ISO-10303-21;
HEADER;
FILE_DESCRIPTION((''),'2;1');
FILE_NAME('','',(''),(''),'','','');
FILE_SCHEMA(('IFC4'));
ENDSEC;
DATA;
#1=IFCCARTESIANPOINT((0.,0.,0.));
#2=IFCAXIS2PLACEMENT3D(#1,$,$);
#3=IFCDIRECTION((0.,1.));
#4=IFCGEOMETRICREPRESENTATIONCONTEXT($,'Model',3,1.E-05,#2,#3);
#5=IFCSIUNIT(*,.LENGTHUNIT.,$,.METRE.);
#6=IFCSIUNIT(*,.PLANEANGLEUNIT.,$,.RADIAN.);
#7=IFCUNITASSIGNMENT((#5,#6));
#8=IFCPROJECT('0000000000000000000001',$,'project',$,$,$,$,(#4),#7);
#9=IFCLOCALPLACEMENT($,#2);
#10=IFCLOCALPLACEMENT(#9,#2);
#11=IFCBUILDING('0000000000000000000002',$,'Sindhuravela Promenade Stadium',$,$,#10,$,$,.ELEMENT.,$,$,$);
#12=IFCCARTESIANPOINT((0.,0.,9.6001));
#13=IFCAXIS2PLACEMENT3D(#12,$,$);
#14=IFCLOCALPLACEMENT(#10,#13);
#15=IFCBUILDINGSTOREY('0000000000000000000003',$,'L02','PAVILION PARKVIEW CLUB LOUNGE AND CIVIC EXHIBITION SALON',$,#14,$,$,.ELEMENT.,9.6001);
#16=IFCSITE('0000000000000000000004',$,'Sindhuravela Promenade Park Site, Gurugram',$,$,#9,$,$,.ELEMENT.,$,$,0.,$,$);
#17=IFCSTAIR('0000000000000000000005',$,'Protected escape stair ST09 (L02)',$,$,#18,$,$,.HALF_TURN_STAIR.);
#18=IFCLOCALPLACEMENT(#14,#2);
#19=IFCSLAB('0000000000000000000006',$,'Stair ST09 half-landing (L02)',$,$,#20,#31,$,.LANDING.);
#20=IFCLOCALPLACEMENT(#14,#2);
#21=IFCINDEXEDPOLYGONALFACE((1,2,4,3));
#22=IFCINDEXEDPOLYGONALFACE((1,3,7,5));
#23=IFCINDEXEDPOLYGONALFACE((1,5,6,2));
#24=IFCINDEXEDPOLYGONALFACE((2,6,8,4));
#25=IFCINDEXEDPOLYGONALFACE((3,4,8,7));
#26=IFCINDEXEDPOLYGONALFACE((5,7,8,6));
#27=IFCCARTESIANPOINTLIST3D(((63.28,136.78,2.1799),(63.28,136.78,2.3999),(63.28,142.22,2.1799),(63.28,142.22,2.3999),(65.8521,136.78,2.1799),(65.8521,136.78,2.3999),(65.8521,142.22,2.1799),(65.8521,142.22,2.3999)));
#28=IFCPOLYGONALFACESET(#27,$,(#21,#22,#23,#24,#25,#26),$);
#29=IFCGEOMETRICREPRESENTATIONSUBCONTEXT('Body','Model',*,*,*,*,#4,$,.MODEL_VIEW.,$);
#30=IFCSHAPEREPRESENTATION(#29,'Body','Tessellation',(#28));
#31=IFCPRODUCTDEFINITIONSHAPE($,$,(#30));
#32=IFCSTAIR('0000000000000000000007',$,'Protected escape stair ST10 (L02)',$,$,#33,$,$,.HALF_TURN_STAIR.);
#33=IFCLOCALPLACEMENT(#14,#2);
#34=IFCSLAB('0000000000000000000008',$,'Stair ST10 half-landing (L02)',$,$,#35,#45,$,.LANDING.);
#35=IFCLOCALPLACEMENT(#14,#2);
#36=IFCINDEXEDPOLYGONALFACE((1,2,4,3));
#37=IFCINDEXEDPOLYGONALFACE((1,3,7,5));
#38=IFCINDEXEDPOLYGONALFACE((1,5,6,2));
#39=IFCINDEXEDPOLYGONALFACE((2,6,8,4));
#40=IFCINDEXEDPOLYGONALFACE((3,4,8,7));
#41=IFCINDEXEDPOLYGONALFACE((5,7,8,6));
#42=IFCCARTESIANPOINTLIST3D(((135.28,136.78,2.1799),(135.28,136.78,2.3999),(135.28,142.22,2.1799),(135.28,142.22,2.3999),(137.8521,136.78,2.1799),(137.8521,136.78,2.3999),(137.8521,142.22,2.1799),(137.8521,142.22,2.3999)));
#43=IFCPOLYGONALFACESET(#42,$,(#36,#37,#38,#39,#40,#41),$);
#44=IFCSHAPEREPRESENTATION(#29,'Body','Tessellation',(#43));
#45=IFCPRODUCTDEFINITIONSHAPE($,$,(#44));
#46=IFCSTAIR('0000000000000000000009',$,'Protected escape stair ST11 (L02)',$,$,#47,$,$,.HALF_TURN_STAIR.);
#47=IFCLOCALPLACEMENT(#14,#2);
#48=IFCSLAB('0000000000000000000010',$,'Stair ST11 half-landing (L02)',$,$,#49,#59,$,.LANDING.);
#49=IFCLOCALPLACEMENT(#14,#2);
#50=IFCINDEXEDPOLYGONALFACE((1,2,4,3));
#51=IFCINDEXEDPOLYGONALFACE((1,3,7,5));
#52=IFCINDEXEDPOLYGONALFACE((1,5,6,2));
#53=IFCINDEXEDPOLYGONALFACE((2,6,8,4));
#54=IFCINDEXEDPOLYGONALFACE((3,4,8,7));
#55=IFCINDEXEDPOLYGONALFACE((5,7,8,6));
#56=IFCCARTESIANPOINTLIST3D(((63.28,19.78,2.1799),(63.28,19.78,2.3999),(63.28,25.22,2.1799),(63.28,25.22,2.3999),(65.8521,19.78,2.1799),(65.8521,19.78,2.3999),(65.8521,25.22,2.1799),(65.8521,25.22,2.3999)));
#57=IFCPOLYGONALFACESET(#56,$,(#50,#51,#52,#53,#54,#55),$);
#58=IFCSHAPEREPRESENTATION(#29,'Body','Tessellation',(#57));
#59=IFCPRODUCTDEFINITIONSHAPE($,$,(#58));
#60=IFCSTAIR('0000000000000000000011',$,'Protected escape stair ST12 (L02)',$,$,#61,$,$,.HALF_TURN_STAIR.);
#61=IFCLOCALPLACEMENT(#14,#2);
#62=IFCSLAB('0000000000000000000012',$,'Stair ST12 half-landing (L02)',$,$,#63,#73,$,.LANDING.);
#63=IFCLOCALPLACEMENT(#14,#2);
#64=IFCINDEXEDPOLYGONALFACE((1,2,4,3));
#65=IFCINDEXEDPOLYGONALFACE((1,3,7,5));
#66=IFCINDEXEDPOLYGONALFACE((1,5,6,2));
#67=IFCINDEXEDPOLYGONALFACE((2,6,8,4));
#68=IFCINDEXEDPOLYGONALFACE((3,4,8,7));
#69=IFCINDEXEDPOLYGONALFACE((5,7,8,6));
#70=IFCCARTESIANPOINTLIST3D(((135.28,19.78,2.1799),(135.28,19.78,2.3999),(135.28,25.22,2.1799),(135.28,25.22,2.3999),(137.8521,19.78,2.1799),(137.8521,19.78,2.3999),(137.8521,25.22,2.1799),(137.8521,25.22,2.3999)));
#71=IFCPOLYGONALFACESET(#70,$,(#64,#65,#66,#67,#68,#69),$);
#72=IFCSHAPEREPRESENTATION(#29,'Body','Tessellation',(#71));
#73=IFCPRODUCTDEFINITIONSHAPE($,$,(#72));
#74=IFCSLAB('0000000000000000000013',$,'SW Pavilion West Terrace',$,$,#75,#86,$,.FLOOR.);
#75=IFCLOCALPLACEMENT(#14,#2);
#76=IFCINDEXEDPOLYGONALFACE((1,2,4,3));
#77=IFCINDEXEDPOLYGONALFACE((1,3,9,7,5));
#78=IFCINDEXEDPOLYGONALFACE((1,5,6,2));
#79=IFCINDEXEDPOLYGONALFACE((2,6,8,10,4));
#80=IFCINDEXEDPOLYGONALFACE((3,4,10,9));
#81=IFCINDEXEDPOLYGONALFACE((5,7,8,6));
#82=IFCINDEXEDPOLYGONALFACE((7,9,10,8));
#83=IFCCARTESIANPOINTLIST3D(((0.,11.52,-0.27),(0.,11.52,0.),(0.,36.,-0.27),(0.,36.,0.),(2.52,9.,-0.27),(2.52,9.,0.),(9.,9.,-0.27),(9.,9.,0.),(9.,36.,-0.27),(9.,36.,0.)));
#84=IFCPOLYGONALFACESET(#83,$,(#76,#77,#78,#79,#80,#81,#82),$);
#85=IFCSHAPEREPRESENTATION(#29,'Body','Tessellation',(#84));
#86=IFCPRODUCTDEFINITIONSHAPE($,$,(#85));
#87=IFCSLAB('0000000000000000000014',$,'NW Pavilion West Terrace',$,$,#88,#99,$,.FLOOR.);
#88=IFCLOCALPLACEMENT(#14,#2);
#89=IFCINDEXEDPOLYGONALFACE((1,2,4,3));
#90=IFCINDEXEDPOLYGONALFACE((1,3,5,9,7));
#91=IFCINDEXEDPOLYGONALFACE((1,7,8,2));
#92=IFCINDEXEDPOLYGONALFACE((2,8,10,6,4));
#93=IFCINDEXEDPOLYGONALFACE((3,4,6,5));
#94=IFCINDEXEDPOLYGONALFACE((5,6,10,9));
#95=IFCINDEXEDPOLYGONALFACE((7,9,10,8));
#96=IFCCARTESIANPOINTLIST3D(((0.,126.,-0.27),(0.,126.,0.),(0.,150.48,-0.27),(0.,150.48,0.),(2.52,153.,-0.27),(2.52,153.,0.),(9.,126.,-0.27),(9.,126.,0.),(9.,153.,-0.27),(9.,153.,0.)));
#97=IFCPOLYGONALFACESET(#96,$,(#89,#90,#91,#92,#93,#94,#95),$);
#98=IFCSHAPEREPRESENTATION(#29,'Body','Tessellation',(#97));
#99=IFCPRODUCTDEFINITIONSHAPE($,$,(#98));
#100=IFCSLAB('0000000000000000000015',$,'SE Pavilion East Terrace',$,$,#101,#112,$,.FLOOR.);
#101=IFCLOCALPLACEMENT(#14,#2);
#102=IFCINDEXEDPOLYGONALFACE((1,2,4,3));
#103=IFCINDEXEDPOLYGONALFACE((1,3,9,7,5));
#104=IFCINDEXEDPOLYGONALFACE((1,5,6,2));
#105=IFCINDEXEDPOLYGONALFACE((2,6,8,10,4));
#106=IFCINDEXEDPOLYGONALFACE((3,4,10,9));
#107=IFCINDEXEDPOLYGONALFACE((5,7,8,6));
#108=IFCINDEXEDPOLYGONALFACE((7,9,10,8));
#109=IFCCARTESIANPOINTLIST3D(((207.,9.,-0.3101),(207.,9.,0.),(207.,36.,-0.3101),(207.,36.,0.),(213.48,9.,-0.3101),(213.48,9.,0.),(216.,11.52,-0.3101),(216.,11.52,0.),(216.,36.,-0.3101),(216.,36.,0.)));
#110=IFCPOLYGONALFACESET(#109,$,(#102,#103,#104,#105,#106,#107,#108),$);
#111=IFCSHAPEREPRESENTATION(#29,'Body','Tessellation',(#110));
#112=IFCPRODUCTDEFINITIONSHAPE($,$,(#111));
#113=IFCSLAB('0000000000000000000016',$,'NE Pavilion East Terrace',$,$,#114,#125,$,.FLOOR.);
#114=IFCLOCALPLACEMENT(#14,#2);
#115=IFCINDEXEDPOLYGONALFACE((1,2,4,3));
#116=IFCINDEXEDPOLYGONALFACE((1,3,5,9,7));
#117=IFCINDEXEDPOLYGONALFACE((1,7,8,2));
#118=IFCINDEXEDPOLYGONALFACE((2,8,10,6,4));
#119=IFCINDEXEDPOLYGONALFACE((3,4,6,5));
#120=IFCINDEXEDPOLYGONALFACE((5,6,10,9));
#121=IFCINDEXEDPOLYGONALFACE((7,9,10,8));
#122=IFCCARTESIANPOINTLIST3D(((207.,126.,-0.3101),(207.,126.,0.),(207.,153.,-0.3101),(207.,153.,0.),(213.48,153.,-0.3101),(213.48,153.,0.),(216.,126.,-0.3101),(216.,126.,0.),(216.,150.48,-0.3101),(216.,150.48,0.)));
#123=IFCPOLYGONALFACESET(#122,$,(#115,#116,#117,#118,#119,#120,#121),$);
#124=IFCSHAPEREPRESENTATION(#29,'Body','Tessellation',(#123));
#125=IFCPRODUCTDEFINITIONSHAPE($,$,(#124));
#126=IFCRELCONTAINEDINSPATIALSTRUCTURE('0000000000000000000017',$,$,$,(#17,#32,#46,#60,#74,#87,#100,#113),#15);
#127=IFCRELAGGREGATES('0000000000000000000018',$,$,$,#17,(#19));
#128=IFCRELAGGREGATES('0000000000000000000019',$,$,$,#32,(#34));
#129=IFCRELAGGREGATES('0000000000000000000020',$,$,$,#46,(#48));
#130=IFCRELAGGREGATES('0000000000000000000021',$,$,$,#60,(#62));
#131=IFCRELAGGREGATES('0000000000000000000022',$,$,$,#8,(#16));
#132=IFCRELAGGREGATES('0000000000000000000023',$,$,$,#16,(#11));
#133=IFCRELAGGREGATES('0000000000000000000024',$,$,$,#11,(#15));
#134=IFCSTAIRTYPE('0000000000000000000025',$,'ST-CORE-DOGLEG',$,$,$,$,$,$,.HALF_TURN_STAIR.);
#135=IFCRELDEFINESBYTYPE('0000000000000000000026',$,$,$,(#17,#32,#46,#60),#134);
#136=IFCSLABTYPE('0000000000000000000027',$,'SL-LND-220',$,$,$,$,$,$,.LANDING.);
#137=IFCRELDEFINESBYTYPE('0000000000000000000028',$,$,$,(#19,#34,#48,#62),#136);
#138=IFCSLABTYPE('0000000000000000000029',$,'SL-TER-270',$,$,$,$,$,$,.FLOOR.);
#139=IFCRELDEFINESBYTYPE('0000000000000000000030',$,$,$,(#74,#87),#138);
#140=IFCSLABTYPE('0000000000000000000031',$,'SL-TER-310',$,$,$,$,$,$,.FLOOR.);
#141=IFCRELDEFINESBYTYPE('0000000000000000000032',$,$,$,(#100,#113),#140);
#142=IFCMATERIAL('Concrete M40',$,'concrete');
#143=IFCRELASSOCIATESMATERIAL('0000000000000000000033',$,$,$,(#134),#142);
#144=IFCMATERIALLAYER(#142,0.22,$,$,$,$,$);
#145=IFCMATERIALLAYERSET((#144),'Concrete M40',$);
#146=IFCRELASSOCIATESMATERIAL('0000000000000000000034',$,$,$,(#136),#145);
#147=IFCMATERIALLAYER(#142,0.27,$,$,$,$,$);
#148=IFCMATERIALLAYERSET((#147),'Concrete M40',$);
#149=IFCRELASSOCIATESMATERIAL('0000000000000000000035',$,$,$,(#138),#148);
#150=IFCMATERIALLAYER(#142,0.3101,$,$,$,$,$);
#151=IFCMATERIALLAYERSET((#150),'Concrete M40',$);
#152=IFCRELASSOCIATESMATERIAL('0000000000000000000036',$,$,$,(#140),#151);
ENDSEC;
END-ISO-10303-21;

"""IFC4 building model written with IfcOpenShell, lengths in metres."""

from ifc_helpers import new_model, si_unit, direction, frame, origin, place, context, subcontext, project, spatial, polyline, outline, extrude, material, layer, layer_set, type_object, element, aggregate, save


model = new_model("IFC4")

# Units and contexts
model_context = context("Model", 3, precision=1e-05, world=origin(), true_north=direction((0.0, 1.0)))
body_context = subcontext(model_context, "Body", "Model", "MODEL_VIEW")
ifc_project = project(units=[si_unit("LENGTHUNIT", "METRE"), si_unit("PLANEANGLEUNIT", "RADIAN")], contexts=[model_context])

# Site, building, storey
site_placement = place(None, origin())
site = spatial("IfcSite", under=ifc_project, at=site_placement, Name="Sindhuravela Promenade Park Site, Gurugram", CompositionType="ELEMENT", RefElevation=0.0)
building_placement = place(site_placement, origin())
building = spatial("IfcBuilding", under=site, at=building_placement, Name="Sindhuravela Promenade Stadium", CompositionType="ELEMENT")
storey_placement = place(building_placement, frame((0.0, 0.0, 9.6001)))
storey = spatial("IfcBuildingStorey", under=building, at=storey_placement, Name="L02", Description="PAVILION PARKVIEW CLUB LOUNGE AND CIVIC EXHIBITION SALON", CompositionType="ELEMENT", Elevation=9.6001)

# Shared definitions
ifc_material_1 = material(Name="Concrete M40", Category="concrete")

# Stairs, slabs
stair_type = type_object("IfcStairType", Name="ST-CORE-DOGLEG", PredefinedType="HALF_TURN_STAIR", material=ifc_material_1)
ifc_layer_1 = layer(ifc_material_1, 0.22)
ifc_layer_set_1 = layer_set([ifc_layer_1], Name="Concrete M40")
slab_type_1 = type_object("IfcSlabType", Name="SL-LND-220", PredefinedType="LANDING", material=ifc_layer_set_1)
stair_1_placement = place(storey_placement, origin())
stair_1 = element("IfcStair", 1, at=stair_1_placement, inside=storey, type_object=stair_type, Name="Protected escape stair ST09 (L02)", PredefinedType="HALF_TURN_STAIR")
slab_1_placement = place(storey_placement, frame((0.0, 0.0, 2.1799)))
slab_1 = element("IfcSlab", 2, at=slab_1_placement, type_object=slab_type_1, Name="Stair ST09 half-landing (L02)", PredefinedType="LANDING", context=body_context, shape_type="SweptSolid", body=[
    extrude(outline(polyline([(63.28, 136.78), (65.8521, 136.78), (65.8521, 142.22), (63.28, 142.22), (63.28, 136.78)])), origin(), (0.0, 0.0, 1.0), 0.22),
])
aggregate(stair_1, [slab_1])
stair_2_placement = place(storey_placement, origin())
stair_2 = element("IfcStair", 3, at=stair_2_placement, inside=storey, type_object=stair_type, Name="Protected escape stair ST10 (L02)", PredefinedType="HALF_TURN_STAIR")
slab_2_placement = place(storey_placement, frame((0.0, 0.0, 2.1799)))
slab_2 = element("IfcSlab", 4, at=slab_2_placement, type_object=slab_type_1, Name="Stair ST10 half-landing (L02)", PredefinedType="LANDING", context=body_context, shape_type="SweptSolid", body=[
    extrude(outline(polyline([(135.28, 136.78), (137.8521, 136.78), (137.8521, 142.22), (135.28, 142.22), (135.28, 136.78)])), origin(), (0.0, 0.0, 1.0), 0.22),
])
aggregate(stair_2, [slab_2])
stair_3_placement = place(storey_placement, origin())
stair_3 = element("IfcStair", 5, at=stair_3_placement, inside=storey, type_object=stair_type, Name="Protected escape stair ST11 (L02)", PredefinedType="HALF_TURN_STAIR")
slab_3_placement = place(storey_placement, frame((0.0, 0.0, 2.1799)))
slab_3 = element("IfcSlab", 6, at=slab_3_placement, type_object=slab_type_1, Name="Stair ST11 half-landing (L02)", PredefinedType="LANDING", context=body_context, shape_type="SweptSolid", body=[
    extrude(outline(polyline([(63.28, 19.78), (65.8521, 19.78), (65.8521, 25.22), (63.28, 25.22), (63.28, 19.78)])), origin(), (0.0, 0.0, 1.0), 0.22),
])
aggregate(stair_3, [slab_3])
stair_4_placement = place(storey_placement, origin())
stair_4 = element("IfcStair", 7, at=stair_4_placement, inside=storey, type_object=stair_type, Name="Protected escape stair ST12 (L02)", PredefinedType="HALF_TURN_STAIR")
slab_4_placement = place(storey_placement, frame((0.0, 0.0, 2.1799)))
slab_4 = element("IfcSlab", 8, at=slab_4_placement, type_object=slab_type_1, Name="Stair ST12 half-landing (L02)", PredefinedType="LANDING", context=body_context, shape_type="SweptSolid", body=[
    extrude(outline(polyline([(135.28, 19.78), (137.8521, 19.78), (137.8521, 25.22), (135.28, 25.22), (135.28, 19.78)])), origin(), (0.0, 0.0, 1.0), 0.22),
])
aggregate(stair_4, [slab_4])

# Slabs
ifc_layer_2 = layer(ifc_material_1, 0.27)
ifc_layer_set_2 = layer_set([ifc_layer_2], Name="Concrete M40")
slab_type_2 = type_object("IfcSlabType", Name="SL-TER-270", PredefinedType="FLOOR", material=ifc_layer_set_2)
slab_5_placement = place(storey_placement, frame((0.0, 0.0, -0.27)))
element("IfcSlab", 9, at=slab_5_placement, inside=storey, type_object=slab_type_2, Name="SW Pavilion West Terrace", PredefinedType="FLOOR", context=body_context, shape_type="SweptSolid", body=[
    extrude(outline(polyline([(2.52, 9.0), (9.0, 9.0), (9.0, 36.0), (0.0, 36.0), (0.0, 11.52), (2.52, 9.0)])), origin(), (0.0, 0.0, 1.0), 0.27),
])
slab_6_placement = place(storey_placement, frame((0.0, 0.0, -0.27)))
element("IfcSlab", 10, at=slab_6_placement, inside=storey, type_object=slab_type_2, Name="NW Pavilion West Terrace", PredefinedType="FLOOR", context=body_context, shape_type="SweptSolid", body=[
    extrude(outline(polyline([(0.0, 126.0), (9.0, 126.0), (9.0, 153.0), (2.52, 153.0), (0.0, 150.48), (0.0, 126.0)])), origin(), (0.0, 0.0, 1.0), 0.27),
])
ifc_layer_3 = layer(ifc_material_1, 0.3101)
ifc_layer_set_3 = layer_set([ifc_layer_3], Name="Concrete M40")
slab_type_3 = type_object("IfcSlabType", Name="SL-TER-310", PredefinedType="FLOOR", material=ifc_layer_set_3)
slab_7_placement = place(storey_placement, frame((0.0, 0.0, -0.3101)))
element("IfcSlab", 11, at=slab_7_placement, inside=storey, type_object=slab_type_3, Name="SE Pavilion East Terrace", PredefinedType="FLOOR", context=body_context, shape_type="SweptSolid", body=[
    extrude(outline(polyline([(207.0, 9.0), (213.48, 9.0), (216.0, 11.52), (216.0, 36.0), (207.0, 36.0), (207.0, 9.0)])), origin(), (0.0, 0.0, 1.0), 0.3101),
])
slab_8_placement = place(storey_placement, frame((0.0, 0.0, -0.3101)))
element("IfcSlab", 12, at=slab_8_placement, inside=storey, type_object=slab_type_3, Name="NE Pavilion East Terrace", PredefinedType="FLOOR", context=body_context, shape_type="SweptSolid", body=[
    extrude(outline(polyline([(207.0, 126.0), (216.0, 126.0), (216.0, 150.48), (213.48, 153.0), (207.0, 153.0), (207.0, 126.0)])), origin(), (0.0, 0.0, 1.0), 0.3101),
])

save(model, "model.ifc")
